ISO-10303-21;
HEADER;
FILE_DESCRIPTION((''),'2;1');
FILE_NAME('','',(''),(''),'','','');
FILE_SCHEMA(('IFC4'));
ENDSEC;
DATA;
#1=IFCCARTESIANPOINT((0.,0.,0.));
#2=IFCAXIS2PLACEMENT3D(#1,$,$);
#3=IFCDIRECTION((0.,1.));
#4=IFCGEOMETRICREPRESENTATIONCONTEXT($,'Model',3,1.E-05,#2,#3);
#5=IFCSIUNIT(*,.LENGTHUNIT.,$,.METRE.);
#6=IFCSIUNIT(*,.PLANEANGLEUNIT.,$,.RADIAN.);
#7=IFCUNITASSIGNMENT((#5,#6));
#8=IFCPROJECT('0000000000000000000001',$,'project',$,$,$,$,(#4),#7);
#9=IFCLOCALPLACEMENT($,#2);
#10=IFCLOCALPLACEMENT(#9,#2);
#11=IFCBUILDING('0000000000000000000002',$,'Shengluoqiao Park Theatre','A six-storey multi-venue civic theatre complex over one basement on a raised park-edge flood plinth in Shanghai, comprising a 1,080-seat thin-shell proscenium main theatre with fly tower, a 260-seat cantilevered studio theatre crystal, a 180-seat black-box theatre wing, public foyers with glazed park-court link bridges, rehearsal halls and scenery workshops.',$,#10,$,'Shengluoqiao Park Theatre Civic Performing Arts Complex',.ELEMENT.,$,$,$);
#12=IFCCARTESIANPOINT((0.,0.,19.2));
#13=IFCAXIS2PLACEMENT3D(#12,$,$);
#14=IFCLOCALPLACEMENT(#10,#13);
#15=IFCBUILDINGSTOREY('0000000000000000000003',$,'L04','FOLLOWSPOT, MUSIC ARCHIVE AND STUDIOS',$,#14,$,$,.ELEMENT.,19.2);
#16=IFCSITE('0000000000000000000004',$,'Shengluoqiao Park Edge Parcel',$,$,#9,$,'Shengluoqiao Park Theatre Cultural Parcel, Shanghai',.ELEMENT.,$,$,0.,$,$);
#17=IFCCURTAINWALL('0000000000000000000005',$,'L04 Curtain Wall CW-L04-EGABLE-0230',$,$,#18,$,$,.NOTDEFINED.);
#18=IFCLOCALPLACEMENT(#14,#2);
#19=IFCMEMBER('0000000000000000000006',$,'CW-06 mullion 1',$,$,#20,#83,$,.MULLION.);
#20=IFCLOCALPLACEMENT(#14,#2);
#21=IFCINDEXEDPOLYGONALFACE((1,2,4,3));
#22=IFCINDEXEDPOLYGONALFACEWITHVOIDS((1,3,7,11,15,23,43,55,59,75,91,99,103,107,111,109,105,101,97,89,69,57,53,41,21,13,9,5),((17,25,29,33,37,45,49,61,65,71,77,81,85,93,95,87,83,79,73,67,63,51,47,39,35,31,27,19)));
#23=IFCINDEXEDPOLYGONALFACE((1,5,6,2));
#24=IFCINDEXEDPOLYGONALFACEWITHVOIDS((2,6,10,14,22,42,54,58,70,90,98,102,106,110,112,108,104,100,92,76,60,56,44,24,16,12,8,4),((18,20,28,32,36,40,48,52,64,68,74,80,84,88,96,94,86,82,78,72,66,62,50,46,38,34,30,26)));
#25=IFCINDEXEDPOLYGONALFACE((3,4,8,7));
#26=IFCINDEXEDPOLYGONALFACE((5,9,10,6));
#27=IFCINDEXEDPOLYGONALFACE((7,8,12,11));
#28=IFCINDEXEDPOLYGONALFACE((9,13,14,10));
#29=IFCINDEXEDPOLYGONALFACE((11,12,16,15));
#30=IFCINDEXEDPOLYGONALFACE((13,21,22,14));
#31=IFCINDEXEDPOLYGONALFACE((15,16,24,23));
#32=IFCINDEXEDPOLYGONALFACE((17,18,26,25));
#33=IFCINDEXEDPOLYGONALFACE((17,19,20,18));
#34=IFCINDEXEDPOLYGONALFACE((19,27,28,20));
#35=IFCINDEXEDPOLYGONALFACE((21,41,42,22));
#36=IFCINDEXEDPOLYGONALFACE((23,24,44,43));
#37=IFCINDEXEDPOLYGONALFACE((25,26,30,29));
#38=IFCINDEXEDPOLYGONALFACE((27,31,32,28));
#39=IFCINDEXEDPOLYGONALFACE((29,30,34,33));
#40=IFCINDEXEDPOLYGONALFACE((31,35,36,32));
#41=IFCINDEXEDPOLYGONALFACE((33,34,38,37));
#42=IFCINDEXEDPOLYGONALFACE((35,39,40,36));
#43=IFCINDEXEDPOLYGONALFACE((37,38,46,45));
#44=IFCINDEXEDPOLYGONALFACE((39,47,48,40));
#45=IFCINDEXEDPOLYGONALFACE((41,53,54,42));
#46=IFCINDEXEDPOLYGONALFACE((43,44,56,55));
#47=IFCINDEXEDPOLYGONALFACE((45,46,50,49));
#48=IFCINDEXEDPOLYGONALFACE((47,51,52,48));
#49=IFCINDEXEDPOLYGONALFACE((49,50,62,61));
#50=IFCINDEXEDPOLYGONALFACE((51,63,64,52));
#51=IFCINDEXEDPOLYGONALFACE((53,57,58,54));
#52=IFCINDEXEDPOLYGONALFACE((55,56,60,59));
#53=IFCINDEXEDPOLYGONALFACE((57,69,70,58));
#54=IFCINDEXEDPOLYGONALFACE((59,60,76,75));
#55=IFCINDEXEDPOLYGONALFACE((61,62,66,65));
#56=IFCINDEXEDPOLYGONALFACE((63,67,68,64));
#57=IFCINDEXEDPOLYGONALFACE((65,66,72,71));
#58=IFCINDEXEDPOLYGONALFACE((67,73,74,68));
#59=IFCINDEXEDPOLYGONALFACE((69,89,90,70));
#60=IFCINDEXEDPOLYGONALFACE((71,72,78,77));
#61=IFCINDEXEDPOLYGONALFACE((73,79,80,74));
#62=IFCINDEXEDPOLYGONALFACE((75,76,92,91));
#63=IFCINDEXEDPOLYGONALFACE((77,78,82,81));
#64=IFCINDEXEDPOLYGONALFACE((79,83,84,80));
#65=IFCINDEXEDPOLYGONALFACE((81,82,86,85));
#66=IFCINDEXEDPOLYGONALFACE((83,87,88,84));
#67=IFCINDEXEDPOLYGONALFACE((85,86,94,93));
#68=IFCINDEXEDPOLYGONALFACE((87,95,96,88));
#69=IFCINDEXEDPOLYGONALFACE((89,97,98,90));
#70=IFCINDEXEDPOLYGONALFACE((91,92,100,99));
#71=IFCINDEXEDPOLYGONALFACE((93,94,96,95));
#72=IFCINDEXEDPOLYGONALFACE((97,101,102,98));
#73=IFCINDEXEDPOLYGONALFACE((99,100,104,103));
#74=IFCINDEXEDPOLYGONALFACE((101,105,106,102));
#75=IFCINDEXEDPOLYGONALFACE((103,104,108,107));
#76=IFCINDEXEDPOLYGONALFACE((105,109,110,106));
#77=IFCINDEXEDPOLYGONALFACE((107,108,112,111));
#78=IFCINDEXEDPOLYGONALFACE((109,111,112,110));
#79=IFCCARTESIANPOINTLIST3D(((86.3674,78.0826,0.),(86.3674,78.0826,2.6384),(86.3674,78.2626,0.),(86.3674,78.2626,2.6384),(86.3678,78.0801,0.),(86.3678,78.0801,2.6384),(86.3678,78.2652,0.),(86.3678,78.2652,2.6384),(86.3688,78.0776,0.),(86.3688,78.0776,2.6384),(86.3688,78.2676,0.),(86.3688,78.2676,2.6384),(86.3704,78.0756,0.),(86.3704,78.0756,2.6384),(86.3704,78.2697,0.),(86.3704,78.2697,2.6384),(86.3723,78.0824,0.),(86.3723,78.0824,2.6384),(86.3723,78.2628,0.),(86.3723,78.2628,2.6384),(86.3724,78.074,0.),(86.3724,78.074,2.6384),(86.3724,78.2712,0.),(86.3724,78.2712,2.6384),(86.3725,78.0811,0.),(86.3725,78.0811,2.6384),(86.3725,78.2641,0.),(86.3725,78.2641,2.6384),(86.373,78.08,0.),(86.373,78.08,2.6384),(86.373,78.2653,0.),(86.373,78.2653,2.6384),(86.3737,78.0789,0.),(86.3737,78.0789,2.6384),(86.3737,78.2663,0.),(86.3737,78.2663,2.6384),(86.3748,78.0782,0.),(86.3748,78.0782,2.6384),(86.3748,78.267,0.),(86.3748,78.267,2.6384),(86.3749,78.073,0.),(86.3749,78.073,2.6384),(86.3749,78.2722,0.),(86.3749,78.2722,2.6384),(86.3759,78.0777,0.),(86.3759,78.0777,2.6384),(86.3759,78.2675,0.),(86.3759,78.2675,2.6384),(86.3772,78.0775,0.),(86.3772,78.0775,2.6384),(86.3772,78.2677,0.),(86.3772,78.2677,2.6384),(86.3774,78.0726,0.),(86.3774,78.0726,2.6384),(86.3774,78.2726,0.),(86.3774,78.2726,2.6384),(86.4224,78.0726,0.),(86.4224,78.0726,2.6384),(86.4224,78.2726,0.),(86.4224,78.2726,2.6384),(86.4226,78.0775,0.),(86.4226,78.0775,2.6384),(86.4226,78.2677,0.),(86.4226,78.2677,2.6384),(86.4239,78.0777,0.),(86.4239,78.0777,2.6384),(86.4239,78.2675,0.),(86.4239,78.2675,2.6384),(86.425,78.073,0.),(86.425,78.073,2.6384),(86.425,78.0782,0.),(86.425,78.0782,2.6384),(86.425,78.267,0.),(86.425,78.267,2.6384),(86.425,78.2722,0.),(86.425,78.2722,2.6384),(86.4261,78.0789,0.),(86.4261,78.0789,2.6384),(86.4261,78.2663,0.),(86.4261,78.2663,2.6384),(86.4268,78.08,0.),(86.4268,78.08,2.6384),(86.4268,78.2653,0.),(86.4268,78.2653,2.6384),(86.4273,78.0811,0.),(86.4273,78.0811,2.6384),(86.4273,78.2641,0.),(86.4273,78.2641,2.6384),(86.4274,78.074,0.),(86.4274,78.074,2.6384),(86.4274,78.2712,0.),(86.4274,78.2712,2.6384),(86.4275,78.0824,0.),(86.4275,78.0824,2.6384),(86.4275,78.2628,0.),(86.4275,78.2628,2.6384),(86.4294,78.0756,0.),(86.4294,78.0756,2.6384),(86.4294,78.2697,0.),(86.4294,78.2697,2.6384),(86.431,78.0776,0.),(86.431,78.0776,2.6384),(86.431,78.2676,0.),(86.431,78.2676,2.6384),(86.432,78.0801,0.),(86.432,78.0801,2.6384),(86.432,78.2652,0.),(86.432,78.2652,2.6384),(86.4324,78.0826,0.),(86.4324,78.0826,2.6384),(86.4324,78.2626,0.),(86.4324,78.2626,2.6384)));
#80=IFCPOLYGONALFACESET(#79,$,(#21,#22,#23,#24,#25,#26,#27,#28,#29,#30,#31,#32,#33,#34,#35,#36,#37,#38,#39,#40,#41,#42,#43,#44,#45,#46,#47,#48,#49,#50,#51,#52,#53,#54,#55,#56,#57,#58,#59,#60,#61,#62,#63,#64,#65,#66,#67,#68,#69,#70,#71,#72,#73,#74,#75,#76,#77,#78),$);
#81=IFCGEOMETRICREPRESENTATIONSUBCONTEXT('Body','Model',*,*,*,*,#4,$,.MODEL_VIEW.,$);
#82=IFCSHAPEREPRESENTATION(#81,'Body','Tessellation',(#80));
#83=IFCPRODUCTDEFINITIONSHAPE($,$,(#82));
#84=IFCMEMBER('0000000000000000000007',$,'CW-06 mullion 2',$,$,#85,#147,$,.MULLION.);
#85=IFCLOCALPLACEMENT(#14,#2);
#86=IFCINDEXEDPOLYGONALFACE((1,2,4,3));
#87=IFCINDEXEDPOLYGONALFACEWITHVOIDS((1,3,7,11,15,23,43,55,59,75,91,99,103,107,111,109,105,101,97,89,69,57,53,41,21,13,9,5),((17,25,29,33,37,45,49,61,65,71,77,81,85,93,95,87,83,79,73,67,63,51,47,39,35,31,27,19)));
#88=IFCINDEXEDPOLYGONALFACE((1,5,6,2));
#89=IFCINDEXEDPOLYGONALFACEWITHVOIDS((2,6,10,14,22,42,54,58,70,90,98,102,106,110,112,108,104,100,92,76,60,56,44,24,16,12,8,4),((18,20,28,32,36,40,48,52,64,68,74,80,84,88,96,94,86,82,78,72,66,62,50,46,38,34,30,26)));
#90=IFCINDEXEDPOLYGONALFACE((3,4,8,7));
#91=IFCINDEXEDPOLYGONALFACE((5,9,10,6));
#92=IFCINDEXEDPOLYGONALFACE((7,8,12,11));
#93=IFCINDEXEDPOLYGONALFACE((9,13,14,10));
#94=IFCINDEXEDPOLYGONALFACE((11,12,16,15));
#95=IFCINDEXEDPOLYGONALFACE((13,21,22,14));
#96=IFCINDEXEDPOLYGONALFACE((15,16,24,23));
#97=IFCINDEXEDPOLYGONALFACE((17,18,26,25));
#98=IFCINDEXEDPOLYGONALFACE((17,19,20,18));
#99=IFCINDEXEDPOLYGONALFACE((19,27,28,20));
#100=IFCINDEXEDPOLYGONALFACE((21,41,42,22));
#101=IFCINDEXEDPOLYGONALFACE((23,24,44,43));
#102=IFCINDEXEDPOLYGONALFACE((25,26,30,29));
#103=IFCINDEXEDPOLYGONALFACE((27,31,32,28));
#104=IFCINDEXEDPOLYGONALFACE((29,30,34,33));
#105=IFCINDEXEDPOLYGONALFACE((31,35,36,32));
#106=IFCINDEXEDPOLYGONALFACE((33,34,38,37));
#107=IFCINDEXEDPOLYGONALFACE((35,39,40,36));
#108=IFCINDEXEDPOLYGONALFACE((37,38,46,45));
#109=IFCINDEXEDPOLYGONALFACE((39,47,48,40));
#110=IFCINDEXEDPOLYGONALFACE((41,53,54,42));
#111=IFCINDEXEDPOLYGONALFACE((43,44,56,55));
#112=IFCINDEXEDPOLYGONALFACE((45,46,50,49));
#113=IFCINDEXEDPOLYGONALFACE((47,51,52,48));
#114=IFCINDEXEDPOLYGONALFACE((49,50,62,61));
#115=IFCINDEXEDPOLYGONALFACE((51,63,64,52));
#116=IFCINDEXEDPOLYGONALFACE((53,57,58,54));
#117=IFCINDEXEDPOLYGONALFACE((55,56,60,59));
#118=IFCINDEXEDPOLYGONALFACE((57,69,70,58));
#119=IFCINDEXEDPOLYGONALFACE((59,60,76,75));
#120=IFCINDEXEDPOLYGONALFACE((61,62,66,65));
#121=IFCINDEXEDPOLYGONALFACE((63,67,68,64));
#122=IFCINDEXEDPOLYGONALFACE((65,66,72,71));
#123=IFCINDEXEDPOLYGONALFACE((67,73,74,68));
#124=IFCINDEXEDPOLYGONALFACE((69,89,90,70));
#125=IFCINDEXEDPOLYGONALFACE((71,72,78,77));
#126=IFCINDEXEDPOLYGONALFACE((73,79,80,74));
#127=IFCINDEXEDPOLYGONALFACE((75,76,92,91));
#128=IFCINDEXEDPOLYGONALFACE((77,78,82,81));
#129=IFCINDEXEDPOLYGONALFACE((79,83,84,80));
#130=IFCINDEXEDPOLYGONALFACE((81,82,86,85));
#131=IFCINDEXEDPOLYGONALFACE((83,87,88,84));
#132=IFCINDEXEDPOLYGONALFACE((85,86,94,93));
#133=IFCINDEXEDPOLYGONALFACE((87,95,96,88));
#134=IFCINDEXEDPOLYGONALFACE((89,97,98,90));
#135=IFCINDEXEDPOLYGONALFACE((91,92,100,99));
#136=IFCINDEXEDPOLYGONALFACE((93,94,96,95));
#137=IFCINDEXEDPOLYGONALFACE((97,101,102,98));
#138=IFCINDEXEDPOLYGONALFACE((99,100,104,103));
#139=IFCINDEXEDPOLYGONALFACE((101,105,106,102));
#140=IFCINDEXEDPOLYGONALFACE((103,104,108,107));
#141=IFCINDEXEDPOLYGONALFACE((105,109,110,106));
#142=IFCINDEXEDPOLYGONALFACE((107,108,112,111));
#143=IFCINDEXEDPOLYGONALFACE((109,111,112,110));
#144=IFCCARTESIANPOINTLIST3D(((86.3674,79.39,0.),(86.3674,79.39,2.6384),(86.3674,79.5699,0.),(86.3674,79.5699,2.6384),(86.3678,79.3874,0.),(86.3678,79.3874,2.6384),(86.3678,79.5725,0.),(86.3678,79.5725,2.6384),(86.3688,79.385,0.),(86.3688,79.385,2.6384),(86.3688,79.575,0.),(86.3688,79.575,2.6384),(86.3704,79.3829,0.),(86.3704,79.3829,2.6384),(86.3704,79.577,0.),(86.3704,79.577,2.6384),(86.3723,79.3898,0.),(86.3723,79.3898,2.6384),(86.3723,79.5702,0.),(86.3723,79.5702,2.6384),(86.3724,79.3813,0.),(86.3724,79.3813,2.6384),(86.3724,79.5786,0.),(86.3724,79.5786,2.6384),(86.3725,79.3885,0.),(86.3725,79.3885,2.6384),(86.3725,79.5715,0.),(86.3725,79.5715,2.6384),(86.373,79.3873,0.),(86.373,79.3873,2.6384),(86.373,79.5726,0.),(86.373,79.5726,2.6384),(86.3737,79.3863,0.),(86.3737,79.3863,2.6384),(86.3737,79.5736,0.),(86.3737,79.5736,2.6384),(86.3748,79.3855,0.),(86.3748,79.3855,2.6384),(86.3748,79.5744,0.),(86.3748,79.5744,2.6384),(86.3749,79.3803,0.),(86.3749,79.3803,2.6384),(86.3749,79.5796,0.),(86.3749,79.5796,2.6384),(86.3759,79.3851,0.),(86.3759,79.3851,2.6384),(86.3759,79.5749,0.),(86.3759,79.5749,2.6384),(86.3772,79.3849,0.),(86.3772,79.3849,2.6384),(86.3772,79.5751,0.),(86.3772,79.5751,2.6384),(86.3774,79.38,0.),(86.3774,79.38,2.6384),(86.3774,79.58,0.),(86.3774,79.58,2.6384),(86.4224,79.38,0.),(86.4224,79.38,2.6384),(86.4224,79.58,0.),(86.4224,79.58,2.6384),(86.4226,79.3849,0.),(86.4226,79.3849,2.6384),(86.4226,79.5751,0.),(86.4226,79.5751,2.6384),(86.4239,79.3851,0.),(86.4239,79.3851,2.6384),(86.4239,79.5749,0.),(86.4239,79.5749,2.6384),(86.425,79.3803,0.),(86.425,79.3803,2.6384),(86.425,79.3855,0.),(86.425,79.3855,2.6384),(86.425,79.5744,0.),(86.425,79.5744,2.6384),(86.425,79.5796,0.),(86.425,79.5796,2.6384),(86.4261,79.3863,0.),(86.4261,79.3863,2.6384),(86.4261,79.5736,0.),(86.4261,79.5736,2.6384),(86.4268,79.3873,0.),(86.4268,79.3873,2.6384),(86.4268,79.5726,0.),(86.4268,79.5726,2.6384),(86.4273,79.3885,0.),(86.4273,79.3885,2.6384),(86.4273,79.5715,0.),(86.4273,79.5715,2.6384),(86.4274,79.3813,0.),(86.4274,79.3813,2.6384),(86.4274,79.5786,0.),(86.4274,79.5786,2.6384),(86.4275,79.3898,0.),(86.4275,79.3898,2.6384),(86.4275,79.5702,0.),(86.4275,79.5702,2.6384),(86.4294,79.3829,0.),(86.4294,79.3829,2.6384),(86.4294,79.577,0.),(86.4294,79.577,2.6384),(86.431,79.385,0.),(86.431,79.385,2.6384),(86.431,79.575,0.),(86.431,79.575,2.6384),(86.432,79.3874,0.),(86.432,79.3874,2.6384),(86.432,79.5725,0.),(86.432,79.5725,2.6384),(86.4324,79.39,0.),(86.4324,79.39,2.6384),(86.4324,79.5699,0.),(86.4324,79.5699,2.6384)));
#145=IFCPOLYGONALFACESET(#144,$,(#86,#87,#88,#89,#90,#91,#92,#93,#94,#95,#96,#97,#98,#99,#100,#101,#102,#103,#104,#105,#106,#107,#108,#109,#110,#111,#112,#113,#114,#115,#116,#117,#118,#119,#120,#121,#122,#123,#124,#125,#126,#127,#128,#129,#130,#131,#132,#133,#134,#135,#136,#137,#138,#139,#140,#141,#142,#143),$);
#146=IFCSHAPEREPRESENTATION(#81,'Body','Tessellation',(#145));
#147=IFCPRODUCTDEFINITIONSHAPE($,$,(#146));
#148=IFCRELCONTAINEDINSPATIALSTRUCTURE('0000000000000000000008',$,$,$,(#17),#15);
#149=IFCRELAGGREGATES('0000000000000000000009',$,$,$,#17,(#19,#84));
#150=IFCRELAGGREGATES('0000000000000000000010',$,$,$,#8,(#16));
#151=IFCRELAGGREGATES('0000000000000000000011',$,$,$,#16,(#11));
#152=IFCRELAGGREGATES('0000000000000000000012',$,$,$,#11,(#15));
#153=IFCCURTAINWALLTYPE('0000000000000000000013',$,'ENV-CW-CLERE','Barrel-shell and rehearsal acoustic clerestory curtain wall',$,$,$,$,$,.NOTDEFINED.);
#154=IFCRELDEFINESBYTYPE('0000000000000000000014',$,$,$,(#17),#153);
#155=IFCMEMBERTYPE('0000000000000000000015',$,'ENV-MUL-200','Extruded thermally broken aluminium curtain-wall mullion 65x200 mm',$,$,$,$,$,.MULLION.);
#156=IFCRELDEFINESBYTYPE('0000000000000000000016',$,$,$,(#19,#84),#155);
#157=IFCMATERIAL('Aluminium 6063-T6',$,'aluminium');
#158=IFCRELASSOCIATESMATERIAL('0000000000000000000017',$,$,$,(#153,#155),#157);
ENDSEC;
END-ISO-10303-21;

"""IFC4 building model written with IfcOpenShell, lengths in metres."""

from ifc_helpers import new_model, si_unit, direction, frame, origin, origin_2d, place, context, subcontext, project, spatial, hollow_rectangle, extrude, material, material_profile, profile_set, type_object, element, aggregate, save


model = new_model("IFC4")

# Units and contexts
model_context = context("Model", 3, precision=1e-05, world=origin(), true_north=direction((0.0, 1.0)))
body_context = subcontext(model_context, "Body", "Model", "MODEL_VIEW")
ifc_project = project(units=[si_unit("LENGTHUNIT", "METRE"), si_unit("PLANEANGLEUNIT", "RADIAN")], contexts=[model_context])

# Site, building, storey
site_placement = place(None, origin())
site = spatial("IfcSite", under=ifc_project, at=site_placement, Name="Shengluoqiao Park Edge Parcel", LongName="Shengluoqiao Park Theatre Cultural Parcel, Shanghai", CompositionType="ELEMENT", RefElevation=0.0)
building_placement = place(site_placement, origin())
building = spatial("IfcBuilding", under=site, at=building_placement, Name="Shengluoqiao Park Theatre", Description="A six-storey multi-venue civic theatre complex over one basement on a raised park-edge flood plinth in Shanghai, comprising a 1,080-seat thin-shell proscenium main theatre with fly tower, a 260-seat cantilevered studio theatre crystal, a 180-seat black-box theatre wing, public foyers with glazed park-court link bridges, rehearsal halls and scenery workshops.", LongName="Shengluoqiao Park Theatre Civic Performing Arts Complex", CompositionType="ELEMENT")
storey_placement = place(building_placement, frame((0.0, 0.0, 19.2)))
storey = spatial("IfcBuildingStorey", under=building, at=storey_placement, Name="L04", Description="FOLLOWSPOT, MUSIC ARCHIVE AND STUDIOS", CompositionType="ELEMENT", Elevation=19.2)

# Curtain wall, members
ifc_material_1 = material(Name="Aluminium 6063-T6", Category="aluminium")
curtain_wall_type = type_object("IfcCurtainWallType", Name="ENV-CW-CLERE", Description="Barrel-shell and rehearsal acoustic clerestory curtain wall", PredefinedType="NOTDEFINED", material=ifc_material_1)
curtain_wall_placement = place(storey_placement, origin())
curtain_wall = element("IfcCurtainWall", 1, at=curtain_wall_placement, inside=storey, type_object=curtain_wall_type, Name="L04 Curtain Wall CW-L04-EGABLE-0230", PredefinedType="NOTDEFINED")
ifc_material_profile_1 = material_profile(ifc_material_1, hollow_rectangle(XDim=0.0649, YDim=0.2, WallThickness=0.0049, InnerFilletRadius=0.0049, OuterFilletRadius=0.01, at=origin_2d()), Name="ALU MULLION 200x65x5")
ifc_profile_set_1 = profile_set([ifc_material_profile_1], Name="Aluminium 6063-T6")
member_type_1 = type_object("IfcMemberType", Name="ENV-MUL-200", Description="Extruded thermally broken aluminium curtain-wall mullion 65x200 mm", PredefinedType="MULLION", material=ifc_profile_set_1)
member_1_placement = place(storey_placement, frame((86.3999, 78.1726, 0.0), z_axis=(0.0, 0.0, 1.0), x_axis=(-1.0, 0.0, 0.0)))
member_1 = element("IfcMember", 2, at=member_1_placement, type_object=member_type_1, Name="CW-06 mullion 1", PredefinedType="MULLION", context=body_context, shape_type="SweptSolid", body=[
    extrude(hollow_rectangle(XDim=0.0649, YDim=0.2, WallThickness=0.0049, InnerFilletRadius=0.0049, OuterFilletRadius=0.01, at=origin_2d()), origin(), (0.0, 0.0, 1.0), 2.6384),
])
member_2_placement = place(storey_placement, frame((86.3999, 79.48, 0.0), z_axis=(0.0, 0.0, 1.0), x_axis=(-1.0, 0.0, 0.0)))
member_2 = element("IfcMember", 3, at=member_2_placement, type_object=member_type_1, Name="CW-06 mullion 2", PredefinedType="MULLION", context=body_context, shape_type="SweptSolid", body=[
    extrude(hollow_rectangle(XDim=0.0649, YDim=0.2, WallThickness=0.0049, InnerFilletRadius=0.0049, OuterFilletRadius=0.01, at=origin_2d()), origin(), (0.0, 0.0, 1.0), 2.6384),
])

aggregate(curtain_wall, [member_1, member_2])

save(model, "model.ifc")
